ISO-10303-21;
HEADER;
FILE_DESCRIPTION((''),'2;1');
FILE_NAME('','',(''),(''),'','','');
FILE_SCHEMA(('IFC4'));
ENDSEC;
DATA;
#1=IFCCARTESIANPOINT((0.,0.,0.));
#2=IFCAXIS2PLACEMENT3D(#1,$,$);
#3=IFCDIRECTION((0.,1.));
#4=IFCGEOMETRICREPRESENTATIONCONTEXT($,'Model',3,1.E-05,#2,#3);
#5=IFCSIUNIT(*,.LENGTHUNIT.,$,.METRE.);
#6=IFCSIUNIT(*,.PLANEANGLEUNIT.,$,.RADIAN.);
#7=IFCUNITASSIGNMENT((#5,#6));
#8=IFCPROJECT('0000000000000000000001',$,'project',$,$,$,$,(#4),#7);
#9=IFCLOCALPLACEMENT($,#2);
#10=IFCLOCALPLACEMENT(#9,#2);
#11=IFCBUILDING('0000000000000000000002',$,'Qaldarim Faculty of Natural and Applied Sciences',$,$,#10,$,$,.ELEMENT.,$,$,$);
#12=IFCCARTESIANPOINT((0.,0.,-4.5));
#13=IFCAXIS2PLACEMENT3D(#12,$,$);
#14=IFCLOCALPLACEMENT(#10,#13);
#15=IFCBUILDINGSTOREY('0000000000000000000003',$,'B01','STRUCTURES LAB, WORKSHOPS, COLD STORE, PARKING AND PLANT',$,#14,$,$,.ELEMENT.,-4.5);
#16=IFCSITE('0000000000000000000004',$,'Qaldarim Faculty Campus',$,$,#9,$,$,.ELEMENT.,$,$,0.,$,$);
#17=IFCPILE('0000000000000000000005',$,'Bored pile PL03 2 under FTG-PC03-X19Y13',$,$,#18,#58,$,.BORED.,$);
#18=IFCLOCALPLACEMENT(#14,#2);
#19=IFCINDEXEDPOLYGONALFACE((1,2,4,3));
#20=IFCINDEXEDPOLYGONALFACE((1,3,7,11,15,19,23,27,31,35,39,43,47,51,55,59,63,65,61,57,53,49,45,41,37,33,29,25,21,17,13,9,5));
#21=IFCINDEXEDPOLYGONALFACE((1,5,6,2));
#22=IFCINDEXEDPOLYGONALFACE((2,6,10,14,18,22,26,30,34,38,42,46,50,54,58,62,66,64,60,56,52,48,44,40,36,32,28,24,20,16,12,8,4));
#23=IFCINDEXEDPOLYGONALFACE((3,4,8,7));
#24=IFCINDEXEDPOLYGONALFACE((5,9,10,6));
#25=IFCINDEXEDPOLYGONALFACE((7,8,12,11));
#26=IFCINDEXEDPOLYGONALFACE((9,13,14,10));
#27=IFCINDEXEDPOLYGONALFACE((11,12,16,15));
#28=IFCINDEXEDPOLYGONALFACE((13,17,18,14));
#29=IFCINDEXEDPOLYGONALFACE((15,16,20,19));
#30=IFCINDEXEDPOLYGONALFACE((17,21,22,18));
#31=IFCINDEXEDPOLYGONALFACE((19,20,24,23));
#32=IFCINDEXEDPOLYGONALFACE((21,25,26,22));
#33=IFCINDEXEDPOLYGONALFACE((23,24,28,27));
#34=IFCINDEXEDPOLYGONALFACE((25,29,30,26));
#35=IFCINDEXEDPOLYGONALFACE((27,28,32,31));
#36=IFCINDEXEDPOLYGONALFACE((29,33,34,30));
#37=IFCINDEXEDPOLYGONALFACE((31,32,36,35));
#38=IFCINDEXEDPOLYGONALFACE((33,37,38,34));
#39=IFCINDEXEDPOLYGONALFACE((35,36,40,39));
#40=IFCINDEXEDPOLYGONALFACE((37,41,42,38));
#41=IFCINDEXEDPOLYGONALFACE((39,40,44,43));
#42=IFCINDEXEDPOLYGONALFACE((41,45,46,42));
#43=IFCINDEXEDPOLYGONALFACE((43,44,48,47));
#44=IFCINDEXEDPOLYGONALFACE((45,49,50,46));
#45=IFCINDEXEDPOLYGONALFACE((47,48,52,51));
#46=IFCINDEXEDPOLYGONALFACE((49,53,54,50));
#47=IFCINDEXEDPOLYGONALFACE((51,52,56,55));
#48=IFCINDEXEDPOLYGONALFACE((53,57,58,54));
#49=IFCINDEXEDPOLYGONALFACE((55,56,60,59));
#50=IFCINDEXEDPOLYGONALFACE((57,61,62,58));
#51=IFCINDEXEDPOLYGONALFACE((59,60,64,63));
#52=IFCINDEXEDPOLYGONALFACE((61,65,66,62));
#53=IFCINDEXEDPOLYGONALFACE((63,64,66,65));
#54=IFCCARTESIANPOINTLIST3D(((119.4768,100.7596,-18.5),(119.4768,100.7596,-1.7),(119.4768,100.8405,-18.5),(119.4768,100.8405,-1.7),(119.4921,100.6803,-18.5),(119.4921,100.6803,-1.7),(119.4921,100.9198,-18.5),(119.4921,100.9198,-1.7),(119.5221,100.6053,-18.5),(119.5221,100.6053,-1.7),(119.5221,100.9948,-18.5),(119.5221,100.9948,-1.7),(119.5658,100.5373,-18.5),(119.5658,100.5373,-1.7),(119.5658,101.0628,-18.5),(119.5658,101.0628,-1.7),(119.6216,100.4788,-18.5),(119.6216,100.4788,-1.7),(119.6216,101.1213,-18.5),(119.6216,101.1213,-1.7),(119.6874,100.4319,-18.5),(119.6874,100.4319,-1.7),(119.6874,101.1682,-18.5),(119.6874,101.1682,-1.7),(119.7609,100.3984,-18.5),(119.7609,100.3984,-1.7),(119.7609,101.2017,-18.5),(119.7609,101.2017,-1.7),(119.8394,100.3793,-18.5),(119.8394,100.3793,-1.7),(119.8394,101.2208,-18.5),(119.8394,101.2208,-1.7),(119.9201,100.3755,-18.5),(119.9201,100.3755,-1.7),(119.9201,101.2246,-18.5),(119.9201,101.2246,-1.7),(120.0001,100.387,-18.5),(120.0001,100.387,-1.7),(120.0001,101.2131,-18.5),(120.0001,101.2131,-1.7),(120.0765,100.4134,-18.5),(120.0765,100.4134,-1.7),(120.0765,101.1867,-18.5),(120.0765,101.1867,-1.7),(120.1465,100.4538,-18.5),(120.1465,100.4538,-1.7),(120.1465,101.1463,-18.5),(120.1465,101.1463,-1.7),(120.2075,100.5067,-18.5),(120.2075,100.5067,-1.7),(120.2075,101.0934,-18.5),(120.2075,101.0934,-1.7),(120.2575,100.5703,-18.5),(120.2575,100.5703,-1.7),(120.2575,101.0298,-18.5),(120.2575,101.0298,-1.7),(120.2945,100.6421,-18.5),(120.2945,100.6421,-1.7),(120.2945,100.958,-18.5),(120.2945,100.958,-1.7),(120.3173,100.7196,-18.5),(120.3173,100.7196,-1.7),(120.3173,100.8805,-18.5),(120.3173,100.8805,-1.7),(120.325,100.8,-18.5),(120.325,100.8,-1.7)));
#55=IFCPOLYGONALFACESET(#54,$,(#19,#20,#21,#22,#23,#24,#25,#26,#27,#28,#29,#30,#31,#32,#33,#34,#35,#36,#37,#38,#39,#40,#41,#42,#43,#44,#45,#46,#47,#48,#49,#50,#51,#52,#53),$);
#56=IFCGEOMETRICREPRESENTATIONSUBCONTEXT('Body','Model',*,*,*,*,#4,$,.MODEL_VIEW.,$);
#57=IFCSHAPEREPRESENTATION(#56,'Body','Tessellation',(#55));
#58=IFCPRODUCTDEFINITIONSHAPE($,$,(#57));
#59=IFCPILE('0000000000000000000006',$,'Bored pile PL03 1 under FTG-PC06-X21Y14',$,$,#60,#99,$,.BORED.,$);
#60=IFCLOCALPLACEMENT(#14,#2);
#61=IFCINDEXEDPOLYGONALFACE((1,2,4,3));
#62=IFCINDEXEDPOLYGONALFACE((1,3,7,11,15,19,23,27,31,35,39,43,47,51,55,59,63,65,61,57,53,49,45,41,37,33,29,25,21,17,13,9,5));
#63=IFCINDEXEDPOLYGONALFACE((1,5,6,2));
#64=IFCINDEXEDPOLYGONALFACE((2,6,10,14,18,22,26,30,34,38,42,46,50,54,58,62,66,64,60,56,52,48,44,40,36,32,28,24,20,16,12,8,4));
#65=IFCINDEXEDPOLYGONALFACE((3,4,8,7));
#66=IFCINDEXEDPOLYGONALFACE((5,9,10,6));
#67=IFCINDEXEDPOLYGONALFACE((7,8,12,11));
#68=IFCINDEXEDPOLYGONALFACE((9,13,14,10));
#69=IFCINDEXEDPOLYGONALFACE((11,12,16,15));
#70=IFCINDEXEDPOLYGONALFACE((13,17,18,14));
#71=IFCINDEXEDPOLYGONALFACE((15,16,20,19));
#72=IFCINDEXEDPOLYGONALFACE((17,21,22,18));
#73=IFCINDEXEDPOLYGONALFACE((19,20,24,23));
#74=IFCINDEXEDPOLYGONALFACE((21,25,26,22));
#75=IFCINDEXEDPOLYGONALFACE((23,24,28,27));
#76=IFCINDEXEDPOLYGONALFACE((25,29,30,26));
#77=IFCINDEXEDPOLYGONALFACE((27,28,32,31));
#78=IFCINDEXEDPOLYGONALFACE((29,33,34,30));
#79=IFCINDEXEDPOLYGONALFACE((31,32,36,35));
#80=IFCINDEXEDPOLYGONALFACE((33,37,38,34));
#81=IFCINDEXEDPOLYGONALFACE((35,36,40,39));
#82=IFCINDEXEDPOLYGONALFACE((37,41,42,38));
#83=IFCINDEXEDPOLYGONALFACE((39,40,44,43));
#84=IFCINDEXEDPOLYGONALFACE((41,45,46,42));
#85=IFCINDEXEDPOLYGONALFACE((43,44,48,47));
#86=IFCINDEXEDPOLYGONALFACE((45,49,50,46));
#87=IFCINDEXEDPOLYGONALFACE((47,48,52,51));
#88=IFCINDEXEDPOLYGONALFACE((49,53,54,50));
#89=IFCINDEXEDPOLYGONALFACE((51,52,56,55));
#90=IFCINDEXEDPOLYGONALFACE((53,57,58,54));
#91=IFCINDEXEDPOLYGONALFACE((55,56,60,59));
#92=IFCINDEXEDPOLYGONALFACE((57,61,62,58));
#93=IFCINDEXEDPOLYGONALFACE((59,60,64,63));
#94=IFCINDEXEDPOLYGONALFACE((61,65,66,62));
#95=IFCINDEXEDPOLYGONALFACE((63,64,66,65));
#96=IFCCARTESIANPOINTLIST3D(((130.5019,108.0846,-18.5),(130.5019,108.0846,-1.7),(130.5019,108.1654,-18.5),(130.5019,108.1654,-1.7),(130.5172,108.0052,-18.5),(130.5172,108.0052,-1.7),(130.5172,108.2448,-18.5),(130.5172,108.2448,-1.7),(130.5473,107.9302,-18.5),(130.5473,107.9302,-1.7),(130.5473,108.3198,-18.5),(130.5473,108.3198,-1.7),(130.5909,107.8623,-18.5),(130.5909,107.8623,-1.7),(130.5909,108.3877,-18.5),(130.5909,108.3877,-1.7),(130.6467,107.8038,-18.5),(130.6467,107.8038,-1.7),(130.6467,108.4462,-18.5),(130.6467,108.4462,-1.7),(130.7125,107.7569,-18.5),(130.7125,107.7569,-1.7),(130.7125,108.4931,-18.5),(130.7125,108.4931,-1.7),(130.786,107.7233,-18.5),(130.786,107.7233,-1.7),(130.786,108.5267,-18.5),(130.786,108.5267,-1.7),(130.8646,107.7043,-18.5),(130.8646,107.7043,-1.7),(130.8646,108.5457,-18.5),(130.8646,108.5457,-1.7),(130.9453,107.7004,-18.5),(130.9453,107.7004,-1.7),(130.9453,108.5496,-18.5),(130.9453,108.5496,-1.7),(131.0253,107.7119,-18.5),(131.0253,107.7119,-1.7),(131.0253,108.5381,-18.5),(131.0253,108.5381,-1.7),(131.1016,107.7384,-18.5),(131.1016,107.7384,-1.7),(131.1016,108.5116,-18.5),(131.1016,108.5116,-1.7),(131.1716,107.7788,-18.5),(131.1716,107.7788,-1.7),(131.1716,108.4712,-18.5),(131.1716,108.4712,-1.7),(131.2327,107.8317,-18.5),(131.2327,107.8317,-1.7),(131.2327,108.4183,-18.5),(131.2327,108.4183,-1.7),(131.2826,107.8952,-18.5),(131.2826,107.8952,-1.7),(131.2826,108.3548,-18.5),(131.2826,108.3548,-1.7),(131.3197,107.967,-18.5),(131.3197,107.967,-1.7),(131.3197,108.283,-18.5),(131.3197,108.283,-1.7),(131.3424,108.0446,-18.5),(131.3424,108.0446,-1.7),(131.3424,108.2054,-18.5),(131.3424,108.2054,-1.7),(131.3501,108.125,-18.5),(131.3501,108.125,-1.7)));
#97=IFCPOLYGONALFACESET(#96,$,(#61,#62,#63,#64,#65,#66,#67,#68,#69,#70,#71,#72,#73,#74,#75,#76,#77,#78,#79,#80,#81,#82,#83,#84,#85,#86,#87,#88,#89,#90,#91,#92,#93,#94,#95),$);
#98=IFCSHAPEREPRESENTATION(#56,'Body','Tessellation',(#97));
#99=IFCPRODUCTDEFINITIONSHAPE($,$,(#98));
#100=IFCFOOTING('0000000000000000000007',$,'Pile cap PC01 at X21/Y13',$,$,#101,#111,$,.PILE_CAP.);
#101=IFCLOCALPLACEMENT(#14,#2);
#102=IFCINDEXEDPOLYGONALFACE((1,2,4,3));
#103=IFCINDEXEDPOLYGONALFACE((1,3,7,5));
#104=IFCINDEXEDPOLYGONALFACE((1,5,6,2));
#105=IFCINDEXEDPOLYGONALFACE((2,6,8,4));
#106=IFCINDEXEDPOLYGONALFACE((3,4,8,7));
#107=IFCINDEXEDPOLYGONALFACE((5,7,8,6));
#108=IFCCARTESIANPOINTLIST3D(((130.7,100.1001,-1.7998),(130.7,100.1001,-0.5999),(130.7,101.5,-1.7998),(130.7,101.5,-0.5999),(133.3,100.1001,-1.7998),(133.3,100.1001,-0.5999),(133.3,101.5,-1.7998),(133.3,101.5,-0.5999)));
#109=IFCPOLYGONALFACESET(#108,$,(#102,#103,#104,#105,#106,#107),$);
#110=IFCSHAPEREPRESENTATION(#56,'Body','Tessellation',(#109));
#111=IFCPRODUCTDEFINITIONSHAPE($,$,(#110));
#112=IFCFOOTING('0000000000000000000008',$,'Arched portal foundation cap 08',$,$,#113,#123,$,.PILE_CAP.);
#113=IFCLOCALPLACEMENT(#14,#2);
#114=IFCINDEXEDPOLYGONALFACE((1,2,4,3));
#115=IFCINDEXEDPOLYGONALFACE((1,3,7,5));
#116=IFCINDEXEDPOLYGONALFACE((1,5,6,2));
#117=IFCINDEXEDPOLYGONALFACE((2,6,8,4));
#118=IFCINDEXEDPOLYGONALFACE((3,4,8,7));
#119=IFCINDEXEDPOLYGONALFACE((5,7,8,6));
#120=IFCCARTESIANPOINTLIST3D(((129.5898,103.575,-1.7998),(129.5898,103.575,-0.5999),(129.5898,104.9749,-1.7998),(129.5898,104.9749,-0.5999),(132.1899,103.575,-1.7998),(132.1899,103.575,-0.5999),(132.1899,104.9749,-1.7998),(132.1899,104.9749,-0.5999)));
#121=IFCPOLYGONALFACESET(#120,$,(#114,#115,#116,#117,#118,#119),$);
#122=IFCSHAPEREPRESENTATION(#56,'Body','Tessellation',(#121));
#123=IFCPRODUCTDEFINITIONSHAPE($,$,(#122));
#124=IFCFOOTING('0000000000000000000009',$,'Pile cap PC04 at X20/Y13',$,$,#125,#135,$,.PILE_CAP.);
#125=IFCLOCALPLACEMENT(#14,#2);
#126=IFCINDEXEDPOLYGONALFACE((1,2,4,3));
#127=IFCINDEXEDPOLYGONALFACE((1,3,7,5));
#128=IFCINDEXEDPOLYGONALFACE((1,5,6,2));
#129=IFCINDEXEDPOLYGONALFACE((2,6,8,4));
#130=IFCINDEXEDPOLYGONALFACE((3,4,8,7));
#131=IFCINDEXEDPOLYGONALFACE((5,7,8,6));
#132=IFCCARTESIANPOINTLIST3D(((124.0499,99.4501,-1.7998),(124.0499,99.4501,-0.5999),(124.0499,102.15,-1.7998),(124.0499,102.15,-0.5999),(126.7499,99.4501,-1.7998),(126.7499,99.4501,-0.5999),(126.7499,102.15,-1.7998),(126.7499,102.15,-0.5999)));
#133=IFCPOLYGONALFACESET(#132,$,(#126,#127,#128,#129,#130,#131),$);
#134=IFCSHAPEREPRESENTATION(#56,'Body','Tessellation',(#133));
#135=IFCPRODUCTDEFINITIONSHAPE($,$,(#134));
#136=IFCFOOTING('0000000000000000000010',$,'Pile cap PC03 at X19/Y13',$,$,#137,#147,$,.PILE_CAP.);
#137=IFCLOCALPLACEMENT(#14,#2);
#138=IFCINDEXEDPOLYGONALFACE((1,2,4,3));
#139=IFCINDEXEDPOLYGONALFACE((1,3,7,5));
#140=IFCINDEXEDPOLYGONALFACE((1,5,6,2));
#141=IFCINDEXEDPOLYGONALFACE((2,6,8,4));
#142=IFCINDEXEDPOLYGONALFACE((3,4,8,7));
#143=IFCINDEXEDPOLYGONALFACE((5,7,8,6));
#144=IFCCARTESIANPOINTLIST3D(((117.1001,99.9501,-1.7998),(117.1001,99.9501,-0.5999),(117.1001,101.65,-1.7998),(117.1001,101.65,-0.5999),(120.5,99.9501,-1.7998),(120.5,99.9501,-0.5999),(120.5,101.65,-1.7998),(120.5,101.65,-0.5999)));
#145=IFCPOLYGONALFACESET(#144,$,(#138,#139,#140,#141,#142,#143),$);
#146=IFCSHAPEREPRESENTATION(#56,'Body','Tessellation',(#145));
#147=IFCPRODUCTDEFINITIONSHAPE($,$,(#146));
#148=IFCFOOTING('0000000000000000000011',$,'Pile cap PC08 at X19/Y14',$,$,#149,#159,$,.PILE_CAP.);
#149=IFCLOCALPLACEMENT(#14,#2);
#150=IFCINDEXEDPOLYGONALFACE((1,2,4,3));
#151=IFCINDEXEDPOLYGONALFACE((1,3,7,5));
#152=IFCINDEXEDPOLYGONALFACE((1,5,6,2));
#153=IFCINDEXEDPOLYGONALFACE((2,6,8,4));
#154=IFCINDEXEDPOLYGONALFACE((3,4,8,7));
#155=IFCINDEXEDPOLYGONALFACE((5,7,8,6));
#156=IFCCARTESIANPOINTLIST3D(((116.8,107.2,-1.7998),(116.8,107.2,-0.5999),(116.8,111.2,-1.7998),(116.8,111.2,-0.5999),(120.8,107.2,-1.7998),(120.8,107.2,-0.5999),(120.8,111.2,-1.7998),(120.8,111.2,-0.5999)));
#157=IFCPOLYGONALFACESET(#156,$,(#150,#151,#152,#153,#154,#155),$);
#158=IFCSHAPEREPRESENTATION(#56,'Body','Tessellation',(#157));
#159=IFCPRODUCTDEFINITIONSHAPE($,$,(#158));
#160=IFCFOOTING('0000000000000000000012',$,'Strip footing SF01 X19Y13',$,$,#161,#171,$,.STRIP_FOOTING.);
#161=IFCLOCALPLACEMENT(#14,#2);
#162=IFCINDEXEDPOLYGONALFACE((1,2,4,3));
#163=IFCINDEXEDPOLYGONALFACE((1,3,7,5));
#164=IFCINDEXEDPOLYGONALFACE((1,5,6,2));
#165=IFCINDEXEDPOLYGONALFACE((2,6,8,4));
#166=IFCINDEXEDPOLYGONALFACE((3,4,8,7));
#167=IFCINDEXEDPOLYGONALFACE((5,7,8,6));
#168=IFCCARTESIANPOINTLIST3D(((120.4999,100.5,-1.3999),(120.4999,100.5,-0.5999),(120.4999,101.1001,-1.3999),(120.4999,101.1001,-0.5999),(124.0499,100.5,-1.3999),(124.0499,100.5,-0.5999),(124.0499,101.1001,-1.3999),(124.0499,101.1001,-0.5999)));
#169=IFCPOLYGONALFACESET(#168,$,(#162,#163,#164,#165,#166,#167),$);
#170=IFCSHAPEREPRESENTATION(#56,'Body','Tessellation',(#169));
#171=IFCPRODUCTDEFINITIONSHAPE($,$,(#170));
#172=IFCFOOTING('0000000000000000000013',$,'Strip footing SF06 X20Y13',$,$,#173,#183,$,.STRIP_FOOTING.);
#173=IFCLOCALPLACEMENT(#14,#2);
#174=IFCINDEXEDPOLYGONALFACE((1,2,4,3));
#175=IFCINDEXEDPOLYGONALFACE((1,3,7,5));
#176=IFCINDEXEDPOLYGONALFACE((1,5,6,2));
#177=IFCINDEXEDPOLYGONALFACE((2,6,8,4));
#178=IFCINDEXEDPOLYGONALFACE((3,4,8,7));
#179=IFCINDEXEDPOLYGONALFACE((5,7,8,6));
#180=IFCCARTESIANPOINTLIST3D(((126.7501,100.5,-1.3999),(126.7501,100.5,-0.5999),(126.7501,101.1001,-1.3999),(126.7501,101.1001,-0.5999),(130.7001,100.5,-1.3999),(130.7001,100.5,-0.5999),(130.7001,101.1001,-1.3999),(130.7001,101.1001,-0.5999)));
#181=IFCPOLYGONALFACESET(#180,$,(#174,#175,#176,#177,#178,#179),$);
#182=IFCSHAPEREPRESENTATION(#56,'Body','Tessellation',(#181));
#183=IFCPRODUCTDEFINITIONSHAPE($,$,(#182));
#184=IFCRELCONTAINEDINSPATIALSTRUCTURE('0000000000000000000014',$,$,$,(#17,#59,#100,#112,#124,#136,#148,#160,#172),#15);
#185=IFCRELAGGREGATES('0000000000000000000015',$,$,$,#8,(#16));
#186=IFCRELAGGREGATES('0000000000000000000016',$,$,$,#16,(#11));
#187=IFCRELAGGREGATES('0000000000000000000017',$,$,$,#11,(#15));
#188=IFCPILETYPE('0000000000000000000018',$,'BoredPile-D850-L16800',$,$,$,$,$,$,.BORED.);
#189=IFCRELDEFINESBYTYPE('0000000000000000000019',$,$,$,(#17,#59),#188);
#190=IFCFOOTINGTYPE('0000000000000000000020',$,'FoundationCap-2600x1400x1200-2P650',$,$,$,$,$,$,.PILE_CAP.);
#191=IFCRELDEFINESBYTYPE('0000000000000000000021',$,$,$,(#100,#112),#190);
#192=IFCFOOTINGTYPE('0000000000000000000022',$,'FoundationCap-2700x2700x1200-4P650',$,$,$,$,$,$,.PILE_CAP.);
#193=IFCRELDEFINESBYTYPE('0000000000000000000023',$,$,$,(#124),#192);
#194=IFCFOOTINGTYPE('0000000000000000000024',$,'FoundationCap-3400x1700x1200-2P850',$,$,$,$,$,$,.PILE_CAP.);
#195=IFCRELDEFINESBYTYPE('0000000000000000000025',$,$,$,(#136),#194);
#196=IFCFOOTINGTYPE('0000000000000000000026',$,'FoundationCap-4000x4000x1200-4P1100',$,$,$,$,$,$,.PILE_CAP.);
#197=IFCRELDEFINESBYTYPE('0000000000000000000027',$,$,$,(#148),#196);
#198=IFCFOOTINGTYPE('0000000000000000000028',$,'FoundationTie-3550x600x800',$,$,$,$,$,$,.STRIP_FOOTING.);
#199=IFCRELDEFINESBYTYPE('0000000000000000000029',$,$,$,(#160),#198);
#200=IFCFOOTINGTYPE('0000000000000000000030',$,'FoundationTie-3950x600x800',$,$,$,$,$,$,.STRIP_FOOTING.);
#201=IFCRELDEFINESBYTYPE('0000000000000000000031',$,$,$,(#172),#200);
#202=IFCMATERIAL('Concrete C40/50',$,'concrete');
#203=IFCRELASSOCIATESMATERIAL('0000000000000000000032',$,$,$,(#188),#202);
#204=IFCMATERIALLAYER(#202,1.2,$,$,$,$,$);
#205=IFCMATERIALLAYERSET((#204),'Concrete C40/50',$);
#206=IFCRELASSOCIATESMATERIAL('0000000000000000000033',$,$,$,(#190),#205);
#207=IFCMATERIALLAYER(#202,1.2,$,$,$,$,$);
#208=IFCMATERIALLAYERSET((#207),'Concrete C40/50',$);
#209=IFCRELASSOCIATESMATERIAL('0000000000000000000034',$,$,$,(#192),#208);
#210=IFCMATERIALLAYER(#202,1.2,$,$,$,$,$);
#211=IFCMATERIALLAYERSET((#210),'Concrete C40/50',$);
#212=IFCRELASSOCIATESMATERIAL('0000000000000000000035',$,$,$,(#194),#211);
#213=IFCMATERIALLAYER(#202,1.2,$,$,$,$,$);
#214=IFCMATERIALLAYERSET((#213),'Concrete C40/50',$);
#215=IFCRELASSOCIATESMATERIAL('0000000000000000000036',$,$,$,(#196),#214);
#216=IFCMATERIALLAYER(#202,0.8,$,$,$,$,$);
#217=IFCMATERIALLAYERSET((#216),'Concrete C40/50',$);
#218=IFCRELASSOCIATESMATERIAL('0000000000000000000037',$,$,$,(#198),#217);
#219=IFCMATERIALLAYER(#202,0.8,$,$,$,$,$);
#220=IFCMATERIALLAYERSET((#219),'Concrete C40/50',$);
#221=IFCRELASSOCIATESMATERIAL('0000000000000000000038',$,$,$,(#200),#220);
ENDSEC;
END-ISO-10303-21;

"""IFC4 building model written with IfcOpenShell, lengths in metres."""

from ifc_helpers import new_model, si_unit, direction, frame, origin, origin_2d, place, context, subcontext, project, spatial, rectangle, circle, extrude, material, layer, layer_set, material_profile, profile_set, type_object, element, save


model = new_model("IFC4")

# Units and contexts
model_context = context("Model", 3, precision=1e-05, world=origin(), true_north=direction((0.0, 1.0)))
body_context = subcontext(model_context, "Body", "Model", "MODEL_VIEW")
ifc_project = project(units=[si_unit("LENGTHUNIT", "METRE"), si_unit("PLANEANGLEUNIT", "RADIAN")], contexts=[model_context])

# Site, building, storey
site_placement = place(None, origin())
site = spatial("IfcSite", under=ifc_project, at=site_placement, Name="Qaldarim Faculty Campus", CompositionType="ELEMENT", RefElevation=0.0)
building_placement = place(site_placement, origin())
building = spatial("IfcBuilding", under=site, at=building_placement, Name="Qaldarim Faculty of Natural and Applied Sciences", CompositionType="ELEMENT")
storey_placement = place(building_placement, frame((0.0, 0.0, -4.5)))
storey = spatial("IfcBuildingStorey", under=building, at=storey_placement, Name="B01", Description="STRUCTURES LAB, WORKSHOPS, COLD STORE, PARKING AND PLANT", CompositionType="ELEMENT", Elevation=-4.5)

# Piles
ifc_material_1 = material(Name="Concrete C40/50", Category="concrete")
ifc_material_profile_1 = material_profile(ifc_material_1, circle(Radius=0.425, at=origin_2d()), Name="PILE-D850")
ifc_profile_set_1 = profile_set([ifc_material_profile_1], Name="Concrete C40/50")
pile_type_1 = type_object("IfcPileType", Name="BoredPile-D850-L16800", PredefinedType="BORED", material=ifc_profile_set_1)
for number, where, z_axis, x_axis, name in (
    (1, (119.8999, 100.8, -1.7), (0.0, 0.0, -1.0), (1.0, 0.0, 0.0), "Bored pile PL03 2 under FTG-PC03-X19Y13"),
    (2, (130.925, 108.125, -1.7), (0.0, 0.0, -1.0), (1.0, 0.0, 0.0), "Bored pile PL03 1 under FTG-PC06-X21Y14"),
):
    element("IfcPile", number, at=place(storey_placement, frame(where, z_axis=z_axis, x_axis=x_axis)), inside=storey, type_object=pile_type_1, Name=name, PredefinedType="BORED", context=body_context, shape_type="SweptSolid", body=[
        extrude(circle(Radius=0.425, at=origin_2d()), origin(), (0.0, 0.0, 1.0), 16.8),
    ])

# Footings
ifc_layer_1 = layer(ifc_material_1, 1.2)
ifc_layer_set_1 = layer_set([ifc_layer_1], Name="Concrete C40/50")
footing_type_1 = type_object("IfcFootingType", Name="FoundationCap-2600x1400x1200-2P650", PredefinedType="PILE_CAP", material=ifc_layer_set_1)
for number, where, z_axis, x_axis, name in (
    (3, (132.0, 100.8, -1.7998), (0.0, 0.0, 1.0), (1.0, 0.0, 0.0), "Pile cap PC01 at X21/Y13"),
    (4, (130.8899, 104.2749, -1.7998), (0.0, 0.0, 1.0), (1.0, 0.0, 0.0), "Arched portal foundation cap 08"),
):
    element("IfcFooting", number, at=place(storey_placement, frame(where, z_axis=z_axis, x_axis=x_axis)), inside=storey, type_object=footing_type_1, Name=name, PredefinedType="PILE_CAP", context=body_context, shape_type="SweptSolid", body=[
        extrude(rectangle(XDim=2.6001, YDim=1.3999, at=origin_2d()), origin(), (0.0, 0.0, 1.0), 1.2),
    ])
ifc_layer_2 = layer(ifc_material_1, 1.2)
ifc_layer_set_2 = layer_set([ifc_layer_2], Name="Concrete C40/50")
footing_type_2 = type_object("IfcFootingType", Name="FoundationCap-2700x2700x1200-4P650", PredefinedType="PILE_CAP", material=ifc_layer_set_2)
footing_1_placement = place(storey_placement, frame((125.3999, 100.8, -1.7998), z_axis=(0.0, 0.0, 1.0), x_axis=(1.0, 0.0, 0.0)))
element("IfcFooting", 5, at=footing_1_placement, inside=storey, type_object=footing_type_2, Name="Pile cap PC04 at X20/Y13", PredefinedType="PILE_CAP", context=body_context, shape_type="SweptSolid", body=[
    extrude(rectangle(XDim=2.7, YDim=2.7, at=origin_2d()), origin(), (0.0, 0.0, 1.0), 1.2),
])
ifc_layer_3 = layer(ifc_material_1, 1.2)
ifc_layer_set_3 = layer_set([ifc_layer_3], Name="Concrete C40/50")
footing_type_3 = type_object("IfcFootingType", Name="FoundationCap-3400x1700x1200-2P850", PredefinedType="PILE_CAP", material=ifc_layer_set_3)
footing_2_placement = place(storey_placement, frame((118.8, 100.8, -1.7998), z_axis=(0.0, 0.0, 1.0), x_axis=(1.0, 0.0, 0.0)))
element("IfcFooting", 6, at=footing_2_placement, inside=storey, type_object=footing_type_3, Name="Pile cap PC03 at X19/Y13", PredefinedType="PILE_CAP", context=body_context, shape_type="SweptSolid", body=[
    extrude(rectangle(XDim=3.3999, YDim=1.7, at=origin_2d()), origin(), (0.0, 0.0, 1.0), 1.2),
])
ifc_layer_4 = layer(ifc_material_1, 1.2)
ifc_layer_set_4 = layer_set([ifc_layer_4], Name="Concrete C40/50")
footing_type_4 = type_object("IfcFootingType", Name="FoundationCap-4000x4000x1200-4P1100", PredefinedType="PILE_CAP", material=ifc_layer_set_4)
footing_3_placement = place(storey_placement, frame((118.8, 109.2, -1.7998), z_axis=(0.0, 0.0, 1.0), x_axis=(1.0, 0.0, 0.0)))
element("IfcFooting", 7, at=footing_3_placement, inside=storey, type_object=footing_type_4, Name="Pile cap PC08 at X19/Y14", PredefinedType="PILE_CAP", context=body_context, shape_type="SweptSolid", body=[
    extrude(rectangle(XDim=4.0, YDim=4.0, at=origin_2d()), origin(), (0.0, 0.0, 1.0), 1.2),
])
ifc_layer_5 = layer(ifc_material_1, 0.8)
ifc_layer_set_5 = layer_set([ifc_layer_5], Name="Concrete C40/50")
footing_type_5 = type_object("IfcFootingType", Name="FoundationTie-3550x600x800", PredefinedType="STRIP_FOOTING", material=ifc_layer_set_5)
footing_4_placement = place(storey_placement, frame((122.2749, 100.8, -1.3999), z_axis=(0.0, 0.0, 1.0), x_axis=(1.0, 0.0, 0.0)))
element("IfcFooting", 8, at=footing_4_placement, inside=storey, type_object=footing_type_5, Name="Strip footing SF01 X19Y13", PredefinedType="STRIP_FOOTING", context=body_context, shape_type="SweptSolid", body=[
    extrude(rectangle(XDim=3.55, YDim=0.6001, at=origin_2d()), origin(), (0.0, 0.0, 1.0), 0.8),
])
ifc_layer_6 = layer(ifc_material_1, 0.8)
ifc_layer_set_6 = layer_set([ifc_layer_6], Name="Concrete C40/50")
footing_type_6 = type_object("IfcFootingType", Name="FoundationTie-3950x600x800", PredefinedType="STRIP_FOOTING", material=ifc_layer_set_6)
footing_5_placement = place(storey_placement, frame((128.7251, 100.8, -1.3999), z_axis=(0.0, 0.0, 1.0), x_axis=(1.0, 0.0, 0.0)))
element("IfcFooting", 9, at=footing_5_placement, inside=storey, type_object=footing_type_6, Name="Strip footing SF06 X20Y13", PredefinedType="STRIP_FOOTING", context=body_context, shape_type="SweptSolid", body=[
    extrude(rectangle(XDim=3.95, YDim=0.6001, at=origin_2d()), origin(), (0.0, 0.0, 1.0), 0.8),
])

save(model, "model.ifc")
